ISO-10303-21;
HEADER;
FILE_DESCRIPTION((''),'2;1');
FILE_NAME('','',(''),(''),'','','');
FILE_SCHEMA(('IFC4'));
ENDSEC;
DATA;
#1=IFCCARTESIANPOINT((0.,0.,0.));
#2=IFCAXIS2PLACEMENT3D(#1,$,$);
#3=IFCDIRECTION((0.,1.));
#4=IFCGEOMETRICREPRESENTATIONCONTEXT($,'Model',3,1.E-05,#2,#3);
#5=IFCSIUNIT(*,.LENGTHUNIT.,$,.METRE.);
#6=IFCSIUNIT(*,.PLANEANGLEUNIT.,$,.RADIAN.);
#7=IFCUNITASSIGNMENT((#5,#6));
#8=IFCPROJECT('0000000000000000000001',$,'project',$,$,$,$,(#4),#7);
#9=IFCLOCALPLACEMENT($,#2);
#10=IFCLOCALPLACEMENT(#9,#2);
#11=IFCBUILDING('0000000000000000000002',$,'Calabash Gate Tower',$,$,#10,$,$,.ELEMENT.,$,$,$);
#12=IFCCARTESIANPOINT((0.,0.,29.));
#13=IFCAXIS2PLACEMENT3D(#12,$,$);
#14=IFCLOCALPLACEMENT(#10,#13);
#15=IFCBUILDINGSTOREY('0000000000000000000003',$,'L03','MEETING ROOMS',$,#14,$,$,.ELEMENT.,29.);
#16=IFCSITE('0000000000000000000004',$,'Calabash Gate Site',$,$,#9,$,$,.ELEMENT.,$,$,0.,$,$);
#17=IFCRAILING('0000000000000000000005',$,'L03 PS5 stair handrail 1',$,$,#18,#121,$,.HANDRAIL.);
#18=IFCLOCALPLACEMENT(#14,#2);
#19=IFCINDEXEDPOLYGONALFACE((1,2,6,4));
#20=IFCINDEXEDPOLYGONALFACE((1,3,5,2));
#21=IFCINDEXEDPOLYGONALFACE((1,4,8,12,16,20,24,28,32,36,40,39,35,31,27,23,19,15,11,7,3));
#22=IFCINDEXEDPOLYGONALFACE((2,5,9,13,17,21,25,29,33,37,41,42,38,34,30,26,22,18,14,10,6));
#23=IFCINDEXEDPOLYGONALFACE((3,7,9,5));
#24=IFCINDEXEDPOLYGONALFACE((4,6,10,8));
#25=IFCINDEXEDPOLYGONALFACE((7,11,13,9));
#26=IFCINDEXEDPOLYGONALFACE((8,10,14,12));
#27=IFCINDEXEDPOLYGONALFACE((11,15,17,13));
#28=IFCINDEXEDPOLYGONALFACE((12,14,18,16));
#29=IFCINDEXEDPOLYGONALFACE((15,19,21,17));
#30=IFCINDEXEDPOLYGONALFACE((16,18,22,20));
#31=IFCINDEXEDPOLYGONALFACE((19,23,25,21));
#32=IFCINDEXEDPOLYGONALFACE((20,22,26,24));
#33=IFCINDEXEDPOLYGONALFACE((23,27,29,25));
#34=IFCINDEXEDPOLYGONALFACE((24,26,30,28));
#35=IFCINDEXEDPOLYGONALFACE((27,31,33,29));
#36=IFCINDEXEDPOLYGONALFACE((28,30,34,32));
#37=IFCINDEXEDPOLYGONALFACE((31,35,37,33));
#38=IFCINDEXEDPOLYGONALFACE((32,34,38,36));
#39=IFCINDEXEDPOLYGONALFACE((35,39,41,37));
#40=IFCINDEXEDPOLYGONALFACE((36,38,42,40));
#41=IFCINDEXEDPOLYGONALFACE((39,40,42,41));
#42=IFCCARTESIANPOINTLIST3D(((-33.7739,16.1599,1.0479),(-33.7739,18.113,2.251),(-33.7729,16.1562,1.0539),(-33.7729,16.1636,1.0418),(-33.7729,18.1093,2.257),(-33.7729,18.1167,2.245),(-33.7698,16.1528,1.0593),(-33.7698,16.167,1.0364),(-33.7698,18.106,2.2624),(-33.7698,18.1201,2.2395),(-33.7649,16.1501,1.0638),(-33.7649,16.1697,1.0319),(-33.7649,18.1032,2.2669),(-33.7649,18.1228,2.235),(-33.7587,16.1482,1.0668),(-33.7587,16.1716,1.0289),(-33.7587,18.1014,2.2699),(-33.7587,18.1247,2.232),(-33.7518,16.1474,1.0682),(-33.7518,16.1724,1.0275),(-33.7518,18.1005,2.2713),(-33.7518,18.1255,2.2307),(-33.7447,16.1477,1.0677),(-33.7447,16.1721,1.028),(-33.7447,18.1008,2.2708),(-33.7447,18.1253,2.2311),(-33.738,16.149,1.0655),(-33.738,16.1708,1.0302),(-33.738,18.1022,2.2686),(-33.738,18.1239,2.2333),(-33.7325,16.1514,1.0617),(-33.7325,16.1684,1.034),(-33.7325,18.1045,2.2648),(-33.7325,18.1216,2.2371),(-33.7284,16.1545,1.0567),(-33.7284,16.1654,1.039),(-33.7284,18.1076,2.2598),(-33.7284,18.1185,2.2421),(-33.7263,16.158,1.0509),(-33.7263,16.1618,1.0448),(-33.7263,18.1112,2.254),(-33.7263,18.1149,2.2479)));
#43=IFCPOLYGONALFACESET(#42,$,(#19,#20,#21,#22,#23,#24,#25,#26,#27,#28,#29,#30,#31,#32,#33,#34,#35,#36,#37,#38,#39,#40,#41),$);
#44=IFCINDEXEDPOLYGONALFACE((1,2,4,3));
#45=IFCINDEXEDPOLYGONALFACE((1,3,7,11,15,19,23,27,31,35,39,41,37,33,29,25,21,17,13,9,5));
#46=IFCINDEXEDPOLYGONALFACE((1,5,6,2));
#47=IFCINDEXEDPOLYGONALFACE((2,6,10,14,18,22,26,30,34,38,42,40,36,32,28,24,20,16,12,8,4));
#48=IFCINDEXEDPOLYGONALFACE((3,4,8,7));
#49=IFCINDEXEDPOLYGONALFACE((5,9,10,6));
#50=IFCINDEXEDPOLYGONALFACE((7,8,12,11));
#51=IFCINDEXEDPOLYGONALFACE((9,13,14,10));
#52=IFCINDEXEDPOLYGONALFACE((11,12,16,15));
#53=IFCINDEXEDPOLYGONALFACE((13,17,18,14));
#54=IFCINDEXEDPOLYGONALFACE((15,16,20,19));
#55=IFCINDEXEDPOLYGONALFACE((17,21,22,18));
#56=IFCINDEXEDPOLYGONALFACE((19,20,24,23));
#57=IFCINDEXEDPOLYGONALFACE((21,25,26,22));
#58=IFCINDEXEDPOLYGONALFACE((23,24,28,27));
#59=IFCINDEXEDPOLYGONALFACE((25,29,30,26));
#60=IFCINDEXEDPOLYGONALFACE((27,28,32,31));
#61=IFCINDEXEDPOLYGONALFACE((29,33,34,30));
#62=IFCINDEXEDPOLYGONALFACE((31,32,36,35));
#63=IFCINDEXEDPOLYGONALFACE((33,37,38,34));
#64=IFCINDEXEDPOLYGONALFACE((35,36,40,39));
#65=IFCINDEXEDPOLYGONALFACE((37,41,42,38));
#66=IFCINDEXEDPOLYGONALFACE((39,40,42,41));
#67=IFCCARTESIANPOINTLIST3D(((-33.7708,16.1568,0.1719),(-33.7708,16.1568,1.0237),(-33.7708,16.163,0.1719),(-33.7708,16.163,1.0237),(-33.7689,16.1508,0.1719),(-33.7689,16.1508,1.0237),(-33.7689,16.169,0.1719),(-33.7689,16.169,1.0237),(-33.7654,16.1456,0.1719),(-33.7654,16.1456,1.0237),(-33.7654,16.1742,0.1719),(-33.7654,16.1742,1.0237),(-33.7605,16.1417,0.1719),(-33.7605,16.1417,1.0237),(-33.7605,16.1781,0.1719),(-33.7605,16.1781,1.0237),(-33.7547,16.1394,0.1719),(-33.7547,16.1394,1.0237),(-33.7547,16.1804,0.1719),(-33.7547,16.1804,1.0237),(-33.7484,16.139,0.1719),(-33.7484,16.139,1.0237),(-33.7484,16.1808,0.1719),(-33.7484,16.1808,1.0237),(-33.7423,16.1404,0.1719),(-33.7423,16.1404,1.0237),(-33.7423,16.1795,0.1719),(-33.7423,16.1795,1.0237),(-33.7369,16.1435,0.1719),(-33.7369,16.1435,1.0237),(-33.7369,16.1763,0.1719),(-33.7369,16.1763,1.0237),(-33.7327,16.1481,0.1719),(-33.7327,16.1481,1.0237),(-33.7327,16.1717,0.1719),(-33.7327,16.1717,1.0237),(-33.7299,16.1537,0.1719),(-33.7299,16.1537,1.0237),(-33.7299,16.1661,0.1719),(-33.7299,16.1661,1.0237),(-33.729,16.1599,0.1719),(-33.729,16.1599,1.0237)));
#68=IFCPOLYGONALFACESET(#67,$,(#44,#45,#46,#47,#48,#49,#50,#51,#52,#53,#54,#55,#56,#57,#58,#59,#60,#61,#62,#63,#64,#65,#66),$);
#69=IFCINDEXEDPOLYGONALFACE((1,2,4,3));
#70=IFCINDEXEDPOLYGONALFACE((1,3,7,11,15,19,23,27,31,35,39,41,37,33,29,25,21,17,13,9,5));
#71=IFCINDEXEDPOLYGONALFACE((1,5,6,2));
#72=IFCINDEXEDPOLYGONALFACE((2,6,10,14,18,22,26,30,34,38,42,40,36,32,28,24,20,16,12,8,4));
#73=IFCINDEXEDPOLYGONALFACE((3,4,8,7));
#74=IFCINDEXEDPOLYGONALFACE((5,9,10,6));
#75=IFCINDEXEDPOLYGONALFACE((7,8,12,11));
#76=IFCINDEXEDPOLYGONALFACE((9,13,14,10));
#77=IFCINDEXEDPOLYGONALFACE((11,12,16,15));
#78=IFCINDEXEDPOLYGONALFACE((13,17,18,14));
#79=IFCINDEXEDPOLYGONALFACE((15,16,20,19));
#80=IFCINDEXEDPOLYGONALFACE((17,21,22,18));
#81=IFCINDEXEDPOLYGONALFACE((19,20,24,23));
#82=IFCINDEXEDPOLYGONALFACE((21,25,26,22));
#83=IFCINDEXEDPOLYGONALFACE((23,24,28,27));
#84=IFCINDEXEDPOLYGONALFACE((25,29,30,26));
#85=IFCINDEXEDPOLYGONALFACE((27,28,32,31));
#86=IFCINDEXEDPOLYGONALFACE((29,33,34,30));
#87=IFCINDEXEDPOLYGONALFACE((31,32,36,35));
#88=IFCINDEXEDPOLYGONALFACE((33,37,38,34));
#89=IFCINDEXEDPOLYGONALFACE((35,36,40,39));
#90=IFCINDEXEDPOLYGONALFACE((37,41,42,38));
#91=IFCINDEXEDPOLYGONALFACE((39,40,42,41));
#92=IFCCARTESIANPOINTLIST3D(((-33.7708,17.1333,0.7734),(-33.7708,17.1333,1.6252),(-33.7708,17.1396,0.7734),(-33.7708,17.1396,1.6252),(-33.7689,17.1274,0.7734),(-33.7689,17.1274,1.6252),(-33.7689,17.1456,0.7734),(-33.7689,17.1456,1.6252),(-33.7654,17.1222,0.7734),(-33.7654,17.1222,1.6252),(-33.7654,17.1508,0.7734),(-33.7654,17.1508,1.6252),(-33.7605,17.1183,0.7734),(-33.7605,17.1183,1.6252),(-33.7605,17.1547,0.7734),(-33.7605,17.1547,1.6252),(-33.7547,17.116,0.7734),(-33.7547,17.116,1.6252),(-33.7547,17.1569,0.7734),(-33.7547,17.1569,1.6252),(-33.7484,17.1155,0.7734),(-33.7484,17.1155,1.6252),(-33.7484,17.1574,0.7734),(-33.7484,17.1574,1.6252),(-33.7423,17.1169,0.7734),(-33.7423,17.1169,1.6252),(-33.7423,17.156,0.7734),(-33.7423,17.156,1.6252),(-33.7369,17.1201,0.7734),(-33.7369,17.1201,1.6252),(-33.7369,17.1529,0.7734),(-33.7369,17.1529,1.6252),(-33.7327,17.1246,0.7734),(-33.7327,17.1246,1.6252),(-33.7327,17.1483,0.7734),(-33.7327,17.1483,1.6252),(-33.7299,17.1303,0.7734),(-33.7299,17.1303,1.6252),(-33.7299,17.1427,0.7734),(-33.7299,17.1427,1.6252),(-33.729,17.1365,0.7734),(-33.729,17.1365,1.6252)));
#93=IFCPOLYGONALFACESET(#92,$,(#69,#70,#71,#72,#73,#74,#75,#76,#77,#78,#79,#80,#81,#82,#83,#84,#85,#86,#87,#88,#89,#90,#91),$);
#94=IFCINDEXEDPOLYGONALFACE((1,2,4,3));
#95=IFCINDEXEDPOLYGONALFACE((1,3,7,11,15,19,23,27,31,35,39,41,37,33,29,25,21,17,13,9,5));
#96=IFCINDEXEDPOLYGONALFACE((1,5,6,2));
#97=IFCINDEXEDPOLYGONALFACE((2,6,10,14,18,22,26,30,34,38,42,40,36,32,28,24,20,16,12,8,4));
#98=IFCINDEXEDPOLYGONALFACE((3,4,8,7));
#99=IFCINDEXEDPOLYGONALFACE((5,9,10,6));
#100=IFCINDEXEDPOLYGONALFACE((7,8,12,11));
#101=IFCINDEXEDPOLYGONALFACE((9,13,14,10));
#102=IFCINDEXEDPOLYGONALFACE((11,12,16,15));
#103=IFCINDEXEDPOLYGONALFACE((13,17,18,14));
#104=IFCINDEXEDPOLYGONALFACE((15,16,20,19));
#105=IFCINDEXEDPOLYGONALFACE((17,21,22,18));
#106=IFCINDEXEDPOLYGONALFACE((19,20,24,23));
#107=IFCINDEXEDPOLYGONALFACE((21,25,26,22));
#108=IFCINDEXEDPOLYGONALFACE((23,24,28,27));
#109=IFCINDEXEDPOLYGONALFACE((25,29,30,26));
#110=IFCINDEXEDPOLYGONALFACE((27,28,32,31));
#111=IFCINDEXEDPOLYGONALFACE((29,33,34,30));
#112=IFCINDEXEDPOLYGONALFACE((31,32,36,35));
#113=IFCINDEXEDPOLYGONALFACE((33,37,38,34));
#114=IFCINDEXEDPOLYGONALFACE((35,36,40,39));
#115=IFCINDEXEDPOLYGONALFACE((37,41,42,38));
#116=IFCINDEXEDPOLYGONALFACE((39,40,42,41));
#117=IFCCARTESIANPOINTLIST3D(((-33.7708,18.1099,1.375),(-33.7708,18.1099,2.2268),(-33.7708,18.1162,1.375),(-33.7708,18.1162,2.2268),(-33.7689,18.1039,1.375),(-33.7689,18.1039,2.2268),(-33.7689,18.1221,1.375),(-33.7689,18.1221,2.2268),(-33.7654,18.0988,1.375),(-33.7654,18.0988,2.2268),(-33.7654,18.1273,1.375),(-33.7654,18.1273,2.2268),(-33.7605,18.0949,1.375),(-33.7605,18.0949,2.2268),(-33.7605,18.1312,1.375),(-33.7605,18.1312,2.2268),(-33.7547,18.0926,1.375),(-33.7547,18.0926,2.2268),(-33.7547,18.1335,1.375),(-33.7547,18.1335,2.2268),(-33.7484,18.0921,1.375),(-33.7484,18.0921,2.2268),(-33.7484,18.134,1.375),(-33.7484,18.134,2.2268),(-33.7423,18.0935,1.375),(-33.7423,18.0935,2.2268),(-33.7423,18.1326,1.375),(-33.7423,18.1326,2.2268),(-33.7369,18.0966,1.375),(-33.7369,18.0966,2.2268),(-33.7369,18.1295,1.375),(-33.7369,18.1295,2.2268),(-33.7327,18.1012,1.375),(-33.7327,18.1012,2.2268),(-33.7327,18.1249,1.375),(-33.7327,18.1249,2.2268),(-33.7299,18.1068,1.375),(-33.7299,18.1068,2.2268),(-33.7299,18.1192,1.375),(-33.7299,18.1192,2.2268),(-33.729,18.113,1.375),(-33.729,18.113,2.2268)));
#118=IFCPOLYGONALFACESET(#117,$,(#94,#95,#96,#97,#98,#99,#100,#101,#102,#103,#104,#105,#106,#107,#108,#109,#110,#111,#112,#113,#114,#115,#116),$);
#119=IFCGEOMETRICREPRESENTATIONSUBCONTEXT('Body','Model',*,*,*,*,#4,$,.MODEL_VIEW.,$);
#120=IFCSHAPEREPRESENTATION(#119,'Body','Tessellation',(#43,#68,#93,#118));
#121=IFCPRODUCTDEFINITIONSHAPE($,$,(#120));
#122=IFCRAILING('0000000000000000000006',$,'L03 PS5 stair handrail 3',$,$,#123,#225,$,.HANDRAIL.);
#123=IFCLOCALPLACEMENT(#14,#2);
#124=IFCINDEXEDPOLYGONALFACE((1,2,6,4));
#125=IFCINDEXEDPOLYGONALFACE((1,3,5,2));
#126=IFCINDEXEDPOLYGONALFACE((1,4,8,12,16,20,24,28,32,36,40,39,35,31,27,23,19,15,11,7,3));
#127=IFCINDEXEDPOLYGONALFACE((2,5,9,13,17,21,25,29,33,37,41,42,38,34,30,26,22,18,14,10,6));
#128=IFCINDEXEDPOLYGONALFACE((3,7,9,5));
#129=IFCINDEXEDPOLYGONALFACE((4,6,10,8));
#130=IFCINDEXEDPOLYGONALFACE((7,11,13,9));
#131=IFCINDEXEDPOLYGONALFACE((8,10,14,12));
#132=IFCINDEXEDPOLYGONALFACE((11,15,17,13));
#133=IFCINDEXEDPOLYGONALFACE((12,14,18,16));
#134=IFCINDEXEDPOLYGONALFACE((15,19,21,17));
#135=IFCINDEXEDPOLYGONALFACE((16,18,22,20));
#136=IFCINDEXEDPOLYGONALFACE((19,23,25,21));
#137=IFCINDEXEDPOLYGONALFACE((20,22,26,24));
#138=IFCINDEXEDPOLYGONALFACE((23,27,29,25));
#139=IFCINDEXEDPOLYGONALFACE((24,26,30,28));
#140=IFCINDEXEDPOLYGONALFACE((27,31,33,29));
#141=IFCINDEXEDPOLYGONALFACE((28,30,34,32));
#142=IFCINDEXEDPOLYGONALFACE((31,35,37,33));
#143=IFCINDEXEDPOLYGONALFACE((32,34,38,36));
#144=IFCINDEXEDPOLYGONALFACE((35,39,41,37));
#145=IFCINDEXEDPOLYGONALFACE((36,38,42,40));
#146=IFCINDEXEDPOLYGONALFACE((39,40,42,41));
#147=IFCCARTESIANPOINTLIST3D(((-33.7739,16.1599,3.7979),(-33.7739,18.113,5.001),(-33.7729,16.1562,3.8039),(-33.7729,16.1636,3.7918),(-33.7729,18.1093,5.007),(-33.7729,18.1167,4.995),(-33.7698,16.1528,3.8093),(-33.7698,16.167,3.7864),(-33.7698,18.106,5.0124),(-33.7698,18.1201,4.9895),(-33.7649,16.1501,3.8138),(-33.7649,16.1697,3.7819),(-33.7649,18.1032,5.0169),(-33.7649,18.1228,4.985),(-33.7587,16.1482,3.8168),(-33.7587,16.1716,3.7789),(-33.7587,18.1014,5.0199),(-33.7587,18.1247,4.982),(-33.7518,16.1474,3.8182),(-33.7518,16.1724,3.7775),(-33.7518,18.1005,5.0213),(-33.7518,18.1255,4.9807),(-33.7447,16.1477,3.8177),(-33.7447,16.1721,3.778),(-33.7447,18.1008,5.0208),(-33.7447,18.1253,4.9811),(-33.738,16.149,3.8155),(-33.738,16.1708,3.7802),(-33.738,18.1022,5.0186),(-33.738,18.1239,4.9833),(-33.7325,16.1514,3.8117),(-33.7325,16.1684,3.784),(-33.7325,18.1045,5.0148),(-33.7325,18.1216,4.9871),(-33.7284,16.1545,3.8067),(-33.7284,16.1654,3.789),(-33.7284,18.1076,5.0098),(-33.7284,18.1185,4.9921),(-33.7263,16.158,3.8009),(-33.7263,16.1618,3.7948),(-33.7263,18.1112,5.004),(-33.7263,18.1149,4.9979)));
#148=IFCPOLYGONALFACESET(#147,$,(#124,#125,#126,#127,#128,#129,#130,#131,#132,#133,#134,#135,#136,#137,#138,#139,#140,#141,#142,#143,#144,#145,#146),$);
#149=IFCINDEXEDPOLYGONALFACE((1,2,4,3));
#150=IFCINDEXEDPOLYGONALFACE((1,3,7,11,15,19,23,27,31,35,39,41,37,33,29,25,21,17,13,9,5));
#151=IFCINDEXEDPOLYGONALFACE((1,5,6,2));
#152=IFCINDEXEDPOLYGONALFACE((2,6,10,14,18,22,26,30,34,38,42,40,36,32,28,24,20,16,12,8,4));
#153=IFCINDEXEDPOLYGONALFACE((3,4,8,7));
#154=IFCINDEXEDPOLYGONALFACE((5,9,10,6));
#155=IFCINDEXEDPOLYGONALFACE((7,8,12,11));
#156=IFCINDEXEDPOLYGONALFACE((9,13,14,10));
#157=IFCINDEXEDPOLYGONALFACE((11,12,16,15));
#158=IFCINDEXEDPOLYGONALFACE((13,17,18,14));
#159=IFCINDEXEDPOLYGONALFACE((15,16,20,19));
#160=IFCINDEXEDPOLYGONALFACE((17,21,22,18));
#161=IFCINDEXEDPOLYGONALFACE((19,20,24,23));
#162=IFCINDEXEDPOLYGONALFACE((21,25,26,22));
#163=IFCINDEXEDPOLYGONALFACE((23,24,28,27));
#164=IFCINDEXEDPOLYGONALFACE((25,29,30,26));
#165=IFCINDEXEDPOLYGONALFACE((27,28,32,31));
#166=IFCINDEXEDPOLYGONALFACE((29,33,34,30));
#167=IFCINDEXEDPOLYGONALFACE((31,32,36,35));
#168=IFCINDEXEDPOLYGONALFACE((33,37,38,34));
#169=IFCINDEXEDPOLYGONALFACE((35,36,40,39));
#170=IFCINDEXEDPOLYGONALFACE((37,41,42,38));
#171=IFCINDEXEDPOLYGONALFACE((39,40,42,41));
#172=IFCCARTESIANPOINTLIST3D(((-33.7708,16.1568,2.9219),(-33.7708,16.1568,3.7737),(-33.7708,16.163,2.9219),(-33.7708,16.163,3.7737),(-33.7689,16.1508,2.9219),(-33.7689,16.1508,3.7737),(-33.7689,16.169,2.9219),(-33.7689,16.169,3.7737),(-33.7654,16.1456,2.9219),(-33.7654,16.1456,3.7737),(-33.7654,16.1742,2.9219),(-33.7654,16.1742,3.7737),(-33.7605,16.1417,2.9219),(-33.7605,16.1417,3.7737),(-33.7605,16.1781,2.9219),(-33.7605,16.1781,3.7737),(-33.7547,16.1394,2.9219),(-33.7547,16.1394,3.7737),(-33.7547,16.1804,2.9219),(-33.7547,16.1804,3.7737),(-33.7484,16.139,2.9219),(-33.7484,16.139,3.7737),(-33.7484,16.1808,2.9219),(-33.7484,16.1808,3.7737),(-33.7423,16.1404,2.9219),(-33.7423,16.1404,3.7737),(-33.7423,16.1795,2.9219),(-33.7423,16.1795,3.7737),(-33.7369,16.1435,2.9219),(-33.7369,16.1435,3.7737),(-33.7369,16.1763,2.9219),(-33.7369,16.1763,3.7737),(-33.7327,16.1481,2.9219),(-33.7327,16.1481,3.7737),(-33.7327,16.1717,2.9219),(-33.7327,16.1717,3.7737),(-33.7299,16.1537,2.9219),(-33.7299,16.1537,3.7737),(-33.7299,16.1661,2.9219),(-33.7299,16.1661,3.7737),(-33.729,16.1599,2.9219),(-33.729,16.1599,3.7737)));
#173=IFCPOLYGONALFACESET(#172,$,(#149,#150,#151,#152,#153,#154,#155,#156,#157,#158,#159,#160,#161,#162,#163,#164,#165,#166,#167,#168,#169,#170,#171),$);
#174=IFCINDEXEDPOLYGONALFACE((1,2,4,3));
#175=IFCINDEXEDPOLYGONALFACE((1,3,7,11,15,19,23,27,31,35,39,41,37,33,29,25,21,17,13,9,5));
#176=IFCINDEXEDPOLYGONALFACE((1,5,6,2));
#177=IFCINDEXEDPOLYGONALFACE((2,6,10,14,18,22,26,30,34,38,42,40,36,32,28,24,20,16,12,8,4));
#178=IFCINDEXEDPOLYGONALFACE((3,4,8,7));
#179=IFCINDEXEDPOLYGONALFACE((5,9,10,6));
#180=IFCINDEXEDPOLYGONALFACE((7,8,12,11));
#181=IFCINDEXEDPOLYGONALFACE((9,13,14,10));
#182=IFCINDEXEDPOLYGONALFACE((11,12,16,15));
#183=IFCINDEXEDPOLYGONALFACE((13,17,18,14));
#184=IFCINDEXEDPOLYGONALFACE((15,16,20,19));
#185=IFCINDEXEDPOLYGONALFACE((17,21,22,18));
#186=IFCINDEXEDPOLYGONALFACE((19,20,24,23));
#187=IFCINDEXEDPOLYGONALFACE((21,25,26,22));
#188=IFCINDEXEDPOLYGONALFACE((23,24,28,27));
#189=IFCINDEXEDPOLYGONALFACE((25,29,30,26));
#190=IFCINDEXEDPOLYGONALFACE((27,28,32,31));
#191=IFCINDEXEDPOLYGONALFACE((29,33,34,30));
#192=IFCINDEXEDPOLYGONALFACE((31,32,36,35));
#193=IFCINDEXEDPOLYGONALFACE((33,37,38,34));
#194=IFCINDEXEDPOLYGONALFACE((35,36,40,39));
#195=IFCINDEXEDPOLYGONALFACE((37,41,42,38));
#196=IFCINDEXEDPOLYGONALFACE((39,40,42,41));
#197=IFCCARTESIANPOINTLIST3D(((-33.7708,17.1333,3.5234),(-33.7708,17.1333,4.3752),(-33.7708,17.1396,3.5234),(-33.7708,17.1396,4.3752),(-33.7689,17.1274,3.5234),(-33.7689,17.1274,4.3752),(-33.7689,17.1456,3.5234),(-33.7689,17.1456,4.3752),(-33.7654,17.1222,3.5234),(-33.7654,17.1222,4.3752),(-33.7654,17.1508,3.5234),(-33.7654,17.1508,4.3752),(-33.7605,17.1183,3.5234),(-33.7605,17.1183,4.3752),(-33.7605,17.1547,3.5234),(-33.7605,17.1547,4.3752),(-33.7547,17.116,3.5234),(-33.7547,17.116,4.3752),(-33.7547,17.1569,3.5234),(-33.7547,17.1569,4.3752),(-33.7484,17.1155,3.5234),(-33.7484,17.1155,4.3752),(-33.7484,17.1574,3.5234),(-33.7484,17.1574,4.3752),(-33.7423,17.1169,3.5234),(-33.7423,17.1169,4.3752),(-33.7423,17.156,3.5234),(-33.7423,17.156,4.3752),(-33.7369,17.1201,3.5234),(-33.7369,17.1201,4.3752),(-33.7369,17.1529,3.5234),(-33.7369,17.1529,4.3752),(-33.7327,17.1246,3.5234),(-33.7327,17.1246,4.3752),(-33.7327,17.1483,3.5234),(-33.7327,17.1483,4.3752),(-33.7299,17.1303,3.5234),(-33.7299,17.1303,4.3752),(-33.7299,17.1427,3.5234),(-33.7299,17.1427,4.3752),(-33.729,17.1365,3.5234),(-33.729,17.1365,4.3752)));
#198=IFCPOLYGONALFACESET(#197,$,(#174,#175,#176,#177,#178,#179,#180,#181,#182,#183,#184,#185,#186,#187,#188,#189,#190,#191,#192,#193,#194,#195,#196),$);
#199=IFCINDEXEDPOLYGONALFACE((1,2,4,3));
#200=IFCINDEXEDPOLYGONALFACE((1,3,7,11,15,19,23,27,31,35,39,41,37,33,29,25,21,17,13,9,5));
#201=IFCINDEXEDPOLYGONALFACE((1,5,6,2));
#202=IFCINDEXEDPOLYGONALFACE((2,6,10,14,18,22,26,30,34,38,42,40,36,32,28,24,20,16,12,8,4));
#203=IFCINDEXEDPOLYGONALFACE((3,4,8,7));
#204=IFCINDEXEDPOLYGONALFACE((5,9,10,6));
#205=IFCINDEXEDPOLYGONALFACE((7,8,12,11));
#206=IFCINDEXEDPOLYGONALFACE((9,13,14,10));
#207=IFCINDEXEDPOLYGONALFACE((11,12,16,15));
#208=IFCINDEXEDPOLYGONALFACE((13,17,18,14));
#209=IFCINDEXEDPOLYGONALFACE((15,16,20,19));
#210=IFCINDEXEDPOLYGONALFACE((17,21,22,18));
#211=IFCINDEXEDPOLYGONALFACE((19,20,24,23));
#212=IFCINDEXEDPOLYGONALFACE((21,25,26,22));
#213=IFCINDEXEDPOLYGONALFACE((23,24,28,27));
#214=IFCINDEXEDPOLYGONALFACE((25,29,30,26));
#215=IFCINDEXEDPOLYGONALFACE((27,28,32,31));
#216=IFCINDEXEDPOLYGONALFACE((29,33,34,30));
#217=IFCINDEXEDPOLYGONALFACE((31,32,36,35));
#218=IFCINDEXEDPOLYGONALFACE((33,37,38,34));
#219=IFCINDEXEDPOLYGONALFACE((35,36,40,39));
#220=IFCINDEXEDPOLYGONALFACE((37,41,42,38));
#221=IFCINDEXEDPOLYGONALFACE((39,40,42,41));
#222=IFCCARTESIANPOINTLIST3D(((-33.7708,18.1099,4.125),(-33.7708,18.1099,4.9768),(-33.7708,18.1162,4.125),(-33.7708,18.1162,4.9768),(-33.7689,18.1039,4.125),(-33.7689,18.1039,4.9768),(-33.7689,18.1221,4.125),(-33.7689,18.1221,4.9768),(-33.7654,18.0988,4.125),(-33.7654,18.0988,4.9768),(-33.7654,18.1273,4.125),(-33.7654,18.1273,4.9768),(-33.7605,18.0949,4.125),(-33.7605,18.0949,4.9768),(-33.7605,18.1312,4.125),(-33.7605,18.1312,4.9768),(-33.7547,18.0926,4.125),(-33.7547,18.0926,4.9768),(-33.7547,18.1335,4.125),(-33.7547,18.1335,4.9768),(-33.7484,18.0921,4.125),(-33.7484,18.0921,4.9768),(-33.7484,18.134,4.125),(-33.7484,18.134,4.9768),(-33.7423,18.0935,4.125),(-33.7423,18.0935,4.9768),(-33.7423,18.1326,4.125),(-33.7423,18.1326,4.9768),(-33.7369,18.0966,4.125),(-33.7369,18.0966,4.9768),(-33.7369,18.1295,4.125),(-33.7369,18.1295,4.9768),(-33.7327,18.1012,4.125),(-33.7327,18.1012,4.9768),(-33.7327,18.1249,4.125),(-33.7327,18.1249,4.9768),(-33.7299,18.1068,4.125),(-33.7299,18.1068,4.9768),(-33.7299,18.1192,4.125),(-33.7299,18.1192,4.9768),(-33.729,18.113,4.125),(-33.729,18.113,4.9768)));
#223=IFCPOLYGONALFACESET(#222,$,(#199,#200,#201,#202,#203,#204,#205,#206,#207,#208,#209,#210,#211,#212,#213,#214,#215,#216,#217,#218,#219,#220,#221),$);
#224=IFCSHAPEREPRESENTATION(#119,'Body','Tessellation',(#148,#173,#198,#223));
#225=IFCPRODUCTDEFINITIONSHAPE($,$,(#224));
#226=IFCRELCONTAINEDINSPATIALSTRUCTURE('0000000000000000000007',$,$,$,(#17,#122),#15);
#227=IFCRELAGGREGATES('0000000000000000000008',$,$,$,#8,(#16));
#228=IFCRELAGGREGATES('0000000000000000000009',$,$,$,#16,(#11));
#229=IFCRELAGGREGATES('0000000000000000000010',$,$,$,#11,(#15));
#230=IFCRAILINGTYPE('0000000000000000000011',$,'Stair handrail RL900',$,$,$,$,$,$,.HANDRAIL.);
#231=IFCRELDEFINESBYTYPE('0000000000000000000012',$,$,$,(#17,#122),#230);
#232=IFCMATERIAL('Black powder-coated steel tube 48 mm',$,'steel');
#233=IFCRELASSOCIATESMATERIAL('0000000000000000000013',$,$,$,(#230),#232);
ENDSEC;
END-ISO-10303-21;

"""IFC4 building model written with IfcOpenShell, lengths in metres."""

from ifc_helpers import new_model, si_unit, direction, frame, origin, origin_2d, place, context, subcontext, project, spatial, circle, extrude, material, type_object, element, save


model = new_model("IFC4")

# Units and contexts
model_context = context("Model", 3, precision=1e-05, world=origin(), true_north=direction((0.0, 1.0)))
body_context = subcontext(model_context, "Body", "Model", "MODEL_VIEW")
ifc_project = project(units=[si_unit("LENGTHUNIT", "METRE"), si_unit("PLANEANGLEUNIT", "RADIAN")], contexts=[model_context])

# Site, building, storey
site_placement = place(None, origin())
site = spatial("IfcSite", under=ifc_project, at=site_placement, Name="Calabash Gate Site", CompositionType="ELEMENT", RefElevation=0.0)
building_placement = place(site_placement, origin())
building = spatial("IfcBuilding", under=site, at=building_placement, Name="Calabash Gate Tower", CompositionType="ELEMENT")
storey_placement = place(building_placement, frame((0.0, 0.0, 29.0)))
storey = spatial("IfcBuildingStorey", under=building, at=storey_placement, Name="L03", Description="MEETING ROOMS", CompositionType="ELEMENT", Elevation=29.0)

# Railings
ifc_material_1 = material(Name="Black powder-coated steel tube 48 mm", Category="steel")
railing_type_1 = type_object("IfcRailingType", Name="Stair handrail RL900", PredefinedType="HANDRAIL", material=ifc_material_1)
for number, where, name in (
    (1, (-33.75, 16.1599, 0.1719), "L03 PS5 stair handrail 1"),
    (2, (-33.75, 16.1599, 2.9219), "L03 PS5 stair handrail 3"),
):
    element("IfcRailing", number, at=place(storey_placement, frame(where)), inside=storey, type_object=railing_type_1, Name=name, PredefinedType="HANDRAIL", context=body_context, shape_type="SweptSolid", body=[
        extrude(circle(Radius=0.0239, at=origin_2d()), frame((0.0, 0.0, 0.876), z_axis=(0.0, 0.851424, 0.524477), x_axis=(-1.0, 0.0, 0.0)), (0.0, 0.0, 1.0), 2.2939),
        extrude(circle(Radius=0.021, at=origin_2d()), origin(), (0.0, 0.0, 1.0), 0.8518),
        extrude(circle(Radius=0.021, at=origin_2d()), frame((0.0, 0.9766, 0.6016)), (0.0, 0.0, 1.0), 0.8518),
        extrude(circle(Radius=0.021, at=origin_2d()), frame((0.0, 1.9531, 1.2031)), (0.0, 0.0, 1.0), 0.8518),
    ])

save(model, "model.ifc")
